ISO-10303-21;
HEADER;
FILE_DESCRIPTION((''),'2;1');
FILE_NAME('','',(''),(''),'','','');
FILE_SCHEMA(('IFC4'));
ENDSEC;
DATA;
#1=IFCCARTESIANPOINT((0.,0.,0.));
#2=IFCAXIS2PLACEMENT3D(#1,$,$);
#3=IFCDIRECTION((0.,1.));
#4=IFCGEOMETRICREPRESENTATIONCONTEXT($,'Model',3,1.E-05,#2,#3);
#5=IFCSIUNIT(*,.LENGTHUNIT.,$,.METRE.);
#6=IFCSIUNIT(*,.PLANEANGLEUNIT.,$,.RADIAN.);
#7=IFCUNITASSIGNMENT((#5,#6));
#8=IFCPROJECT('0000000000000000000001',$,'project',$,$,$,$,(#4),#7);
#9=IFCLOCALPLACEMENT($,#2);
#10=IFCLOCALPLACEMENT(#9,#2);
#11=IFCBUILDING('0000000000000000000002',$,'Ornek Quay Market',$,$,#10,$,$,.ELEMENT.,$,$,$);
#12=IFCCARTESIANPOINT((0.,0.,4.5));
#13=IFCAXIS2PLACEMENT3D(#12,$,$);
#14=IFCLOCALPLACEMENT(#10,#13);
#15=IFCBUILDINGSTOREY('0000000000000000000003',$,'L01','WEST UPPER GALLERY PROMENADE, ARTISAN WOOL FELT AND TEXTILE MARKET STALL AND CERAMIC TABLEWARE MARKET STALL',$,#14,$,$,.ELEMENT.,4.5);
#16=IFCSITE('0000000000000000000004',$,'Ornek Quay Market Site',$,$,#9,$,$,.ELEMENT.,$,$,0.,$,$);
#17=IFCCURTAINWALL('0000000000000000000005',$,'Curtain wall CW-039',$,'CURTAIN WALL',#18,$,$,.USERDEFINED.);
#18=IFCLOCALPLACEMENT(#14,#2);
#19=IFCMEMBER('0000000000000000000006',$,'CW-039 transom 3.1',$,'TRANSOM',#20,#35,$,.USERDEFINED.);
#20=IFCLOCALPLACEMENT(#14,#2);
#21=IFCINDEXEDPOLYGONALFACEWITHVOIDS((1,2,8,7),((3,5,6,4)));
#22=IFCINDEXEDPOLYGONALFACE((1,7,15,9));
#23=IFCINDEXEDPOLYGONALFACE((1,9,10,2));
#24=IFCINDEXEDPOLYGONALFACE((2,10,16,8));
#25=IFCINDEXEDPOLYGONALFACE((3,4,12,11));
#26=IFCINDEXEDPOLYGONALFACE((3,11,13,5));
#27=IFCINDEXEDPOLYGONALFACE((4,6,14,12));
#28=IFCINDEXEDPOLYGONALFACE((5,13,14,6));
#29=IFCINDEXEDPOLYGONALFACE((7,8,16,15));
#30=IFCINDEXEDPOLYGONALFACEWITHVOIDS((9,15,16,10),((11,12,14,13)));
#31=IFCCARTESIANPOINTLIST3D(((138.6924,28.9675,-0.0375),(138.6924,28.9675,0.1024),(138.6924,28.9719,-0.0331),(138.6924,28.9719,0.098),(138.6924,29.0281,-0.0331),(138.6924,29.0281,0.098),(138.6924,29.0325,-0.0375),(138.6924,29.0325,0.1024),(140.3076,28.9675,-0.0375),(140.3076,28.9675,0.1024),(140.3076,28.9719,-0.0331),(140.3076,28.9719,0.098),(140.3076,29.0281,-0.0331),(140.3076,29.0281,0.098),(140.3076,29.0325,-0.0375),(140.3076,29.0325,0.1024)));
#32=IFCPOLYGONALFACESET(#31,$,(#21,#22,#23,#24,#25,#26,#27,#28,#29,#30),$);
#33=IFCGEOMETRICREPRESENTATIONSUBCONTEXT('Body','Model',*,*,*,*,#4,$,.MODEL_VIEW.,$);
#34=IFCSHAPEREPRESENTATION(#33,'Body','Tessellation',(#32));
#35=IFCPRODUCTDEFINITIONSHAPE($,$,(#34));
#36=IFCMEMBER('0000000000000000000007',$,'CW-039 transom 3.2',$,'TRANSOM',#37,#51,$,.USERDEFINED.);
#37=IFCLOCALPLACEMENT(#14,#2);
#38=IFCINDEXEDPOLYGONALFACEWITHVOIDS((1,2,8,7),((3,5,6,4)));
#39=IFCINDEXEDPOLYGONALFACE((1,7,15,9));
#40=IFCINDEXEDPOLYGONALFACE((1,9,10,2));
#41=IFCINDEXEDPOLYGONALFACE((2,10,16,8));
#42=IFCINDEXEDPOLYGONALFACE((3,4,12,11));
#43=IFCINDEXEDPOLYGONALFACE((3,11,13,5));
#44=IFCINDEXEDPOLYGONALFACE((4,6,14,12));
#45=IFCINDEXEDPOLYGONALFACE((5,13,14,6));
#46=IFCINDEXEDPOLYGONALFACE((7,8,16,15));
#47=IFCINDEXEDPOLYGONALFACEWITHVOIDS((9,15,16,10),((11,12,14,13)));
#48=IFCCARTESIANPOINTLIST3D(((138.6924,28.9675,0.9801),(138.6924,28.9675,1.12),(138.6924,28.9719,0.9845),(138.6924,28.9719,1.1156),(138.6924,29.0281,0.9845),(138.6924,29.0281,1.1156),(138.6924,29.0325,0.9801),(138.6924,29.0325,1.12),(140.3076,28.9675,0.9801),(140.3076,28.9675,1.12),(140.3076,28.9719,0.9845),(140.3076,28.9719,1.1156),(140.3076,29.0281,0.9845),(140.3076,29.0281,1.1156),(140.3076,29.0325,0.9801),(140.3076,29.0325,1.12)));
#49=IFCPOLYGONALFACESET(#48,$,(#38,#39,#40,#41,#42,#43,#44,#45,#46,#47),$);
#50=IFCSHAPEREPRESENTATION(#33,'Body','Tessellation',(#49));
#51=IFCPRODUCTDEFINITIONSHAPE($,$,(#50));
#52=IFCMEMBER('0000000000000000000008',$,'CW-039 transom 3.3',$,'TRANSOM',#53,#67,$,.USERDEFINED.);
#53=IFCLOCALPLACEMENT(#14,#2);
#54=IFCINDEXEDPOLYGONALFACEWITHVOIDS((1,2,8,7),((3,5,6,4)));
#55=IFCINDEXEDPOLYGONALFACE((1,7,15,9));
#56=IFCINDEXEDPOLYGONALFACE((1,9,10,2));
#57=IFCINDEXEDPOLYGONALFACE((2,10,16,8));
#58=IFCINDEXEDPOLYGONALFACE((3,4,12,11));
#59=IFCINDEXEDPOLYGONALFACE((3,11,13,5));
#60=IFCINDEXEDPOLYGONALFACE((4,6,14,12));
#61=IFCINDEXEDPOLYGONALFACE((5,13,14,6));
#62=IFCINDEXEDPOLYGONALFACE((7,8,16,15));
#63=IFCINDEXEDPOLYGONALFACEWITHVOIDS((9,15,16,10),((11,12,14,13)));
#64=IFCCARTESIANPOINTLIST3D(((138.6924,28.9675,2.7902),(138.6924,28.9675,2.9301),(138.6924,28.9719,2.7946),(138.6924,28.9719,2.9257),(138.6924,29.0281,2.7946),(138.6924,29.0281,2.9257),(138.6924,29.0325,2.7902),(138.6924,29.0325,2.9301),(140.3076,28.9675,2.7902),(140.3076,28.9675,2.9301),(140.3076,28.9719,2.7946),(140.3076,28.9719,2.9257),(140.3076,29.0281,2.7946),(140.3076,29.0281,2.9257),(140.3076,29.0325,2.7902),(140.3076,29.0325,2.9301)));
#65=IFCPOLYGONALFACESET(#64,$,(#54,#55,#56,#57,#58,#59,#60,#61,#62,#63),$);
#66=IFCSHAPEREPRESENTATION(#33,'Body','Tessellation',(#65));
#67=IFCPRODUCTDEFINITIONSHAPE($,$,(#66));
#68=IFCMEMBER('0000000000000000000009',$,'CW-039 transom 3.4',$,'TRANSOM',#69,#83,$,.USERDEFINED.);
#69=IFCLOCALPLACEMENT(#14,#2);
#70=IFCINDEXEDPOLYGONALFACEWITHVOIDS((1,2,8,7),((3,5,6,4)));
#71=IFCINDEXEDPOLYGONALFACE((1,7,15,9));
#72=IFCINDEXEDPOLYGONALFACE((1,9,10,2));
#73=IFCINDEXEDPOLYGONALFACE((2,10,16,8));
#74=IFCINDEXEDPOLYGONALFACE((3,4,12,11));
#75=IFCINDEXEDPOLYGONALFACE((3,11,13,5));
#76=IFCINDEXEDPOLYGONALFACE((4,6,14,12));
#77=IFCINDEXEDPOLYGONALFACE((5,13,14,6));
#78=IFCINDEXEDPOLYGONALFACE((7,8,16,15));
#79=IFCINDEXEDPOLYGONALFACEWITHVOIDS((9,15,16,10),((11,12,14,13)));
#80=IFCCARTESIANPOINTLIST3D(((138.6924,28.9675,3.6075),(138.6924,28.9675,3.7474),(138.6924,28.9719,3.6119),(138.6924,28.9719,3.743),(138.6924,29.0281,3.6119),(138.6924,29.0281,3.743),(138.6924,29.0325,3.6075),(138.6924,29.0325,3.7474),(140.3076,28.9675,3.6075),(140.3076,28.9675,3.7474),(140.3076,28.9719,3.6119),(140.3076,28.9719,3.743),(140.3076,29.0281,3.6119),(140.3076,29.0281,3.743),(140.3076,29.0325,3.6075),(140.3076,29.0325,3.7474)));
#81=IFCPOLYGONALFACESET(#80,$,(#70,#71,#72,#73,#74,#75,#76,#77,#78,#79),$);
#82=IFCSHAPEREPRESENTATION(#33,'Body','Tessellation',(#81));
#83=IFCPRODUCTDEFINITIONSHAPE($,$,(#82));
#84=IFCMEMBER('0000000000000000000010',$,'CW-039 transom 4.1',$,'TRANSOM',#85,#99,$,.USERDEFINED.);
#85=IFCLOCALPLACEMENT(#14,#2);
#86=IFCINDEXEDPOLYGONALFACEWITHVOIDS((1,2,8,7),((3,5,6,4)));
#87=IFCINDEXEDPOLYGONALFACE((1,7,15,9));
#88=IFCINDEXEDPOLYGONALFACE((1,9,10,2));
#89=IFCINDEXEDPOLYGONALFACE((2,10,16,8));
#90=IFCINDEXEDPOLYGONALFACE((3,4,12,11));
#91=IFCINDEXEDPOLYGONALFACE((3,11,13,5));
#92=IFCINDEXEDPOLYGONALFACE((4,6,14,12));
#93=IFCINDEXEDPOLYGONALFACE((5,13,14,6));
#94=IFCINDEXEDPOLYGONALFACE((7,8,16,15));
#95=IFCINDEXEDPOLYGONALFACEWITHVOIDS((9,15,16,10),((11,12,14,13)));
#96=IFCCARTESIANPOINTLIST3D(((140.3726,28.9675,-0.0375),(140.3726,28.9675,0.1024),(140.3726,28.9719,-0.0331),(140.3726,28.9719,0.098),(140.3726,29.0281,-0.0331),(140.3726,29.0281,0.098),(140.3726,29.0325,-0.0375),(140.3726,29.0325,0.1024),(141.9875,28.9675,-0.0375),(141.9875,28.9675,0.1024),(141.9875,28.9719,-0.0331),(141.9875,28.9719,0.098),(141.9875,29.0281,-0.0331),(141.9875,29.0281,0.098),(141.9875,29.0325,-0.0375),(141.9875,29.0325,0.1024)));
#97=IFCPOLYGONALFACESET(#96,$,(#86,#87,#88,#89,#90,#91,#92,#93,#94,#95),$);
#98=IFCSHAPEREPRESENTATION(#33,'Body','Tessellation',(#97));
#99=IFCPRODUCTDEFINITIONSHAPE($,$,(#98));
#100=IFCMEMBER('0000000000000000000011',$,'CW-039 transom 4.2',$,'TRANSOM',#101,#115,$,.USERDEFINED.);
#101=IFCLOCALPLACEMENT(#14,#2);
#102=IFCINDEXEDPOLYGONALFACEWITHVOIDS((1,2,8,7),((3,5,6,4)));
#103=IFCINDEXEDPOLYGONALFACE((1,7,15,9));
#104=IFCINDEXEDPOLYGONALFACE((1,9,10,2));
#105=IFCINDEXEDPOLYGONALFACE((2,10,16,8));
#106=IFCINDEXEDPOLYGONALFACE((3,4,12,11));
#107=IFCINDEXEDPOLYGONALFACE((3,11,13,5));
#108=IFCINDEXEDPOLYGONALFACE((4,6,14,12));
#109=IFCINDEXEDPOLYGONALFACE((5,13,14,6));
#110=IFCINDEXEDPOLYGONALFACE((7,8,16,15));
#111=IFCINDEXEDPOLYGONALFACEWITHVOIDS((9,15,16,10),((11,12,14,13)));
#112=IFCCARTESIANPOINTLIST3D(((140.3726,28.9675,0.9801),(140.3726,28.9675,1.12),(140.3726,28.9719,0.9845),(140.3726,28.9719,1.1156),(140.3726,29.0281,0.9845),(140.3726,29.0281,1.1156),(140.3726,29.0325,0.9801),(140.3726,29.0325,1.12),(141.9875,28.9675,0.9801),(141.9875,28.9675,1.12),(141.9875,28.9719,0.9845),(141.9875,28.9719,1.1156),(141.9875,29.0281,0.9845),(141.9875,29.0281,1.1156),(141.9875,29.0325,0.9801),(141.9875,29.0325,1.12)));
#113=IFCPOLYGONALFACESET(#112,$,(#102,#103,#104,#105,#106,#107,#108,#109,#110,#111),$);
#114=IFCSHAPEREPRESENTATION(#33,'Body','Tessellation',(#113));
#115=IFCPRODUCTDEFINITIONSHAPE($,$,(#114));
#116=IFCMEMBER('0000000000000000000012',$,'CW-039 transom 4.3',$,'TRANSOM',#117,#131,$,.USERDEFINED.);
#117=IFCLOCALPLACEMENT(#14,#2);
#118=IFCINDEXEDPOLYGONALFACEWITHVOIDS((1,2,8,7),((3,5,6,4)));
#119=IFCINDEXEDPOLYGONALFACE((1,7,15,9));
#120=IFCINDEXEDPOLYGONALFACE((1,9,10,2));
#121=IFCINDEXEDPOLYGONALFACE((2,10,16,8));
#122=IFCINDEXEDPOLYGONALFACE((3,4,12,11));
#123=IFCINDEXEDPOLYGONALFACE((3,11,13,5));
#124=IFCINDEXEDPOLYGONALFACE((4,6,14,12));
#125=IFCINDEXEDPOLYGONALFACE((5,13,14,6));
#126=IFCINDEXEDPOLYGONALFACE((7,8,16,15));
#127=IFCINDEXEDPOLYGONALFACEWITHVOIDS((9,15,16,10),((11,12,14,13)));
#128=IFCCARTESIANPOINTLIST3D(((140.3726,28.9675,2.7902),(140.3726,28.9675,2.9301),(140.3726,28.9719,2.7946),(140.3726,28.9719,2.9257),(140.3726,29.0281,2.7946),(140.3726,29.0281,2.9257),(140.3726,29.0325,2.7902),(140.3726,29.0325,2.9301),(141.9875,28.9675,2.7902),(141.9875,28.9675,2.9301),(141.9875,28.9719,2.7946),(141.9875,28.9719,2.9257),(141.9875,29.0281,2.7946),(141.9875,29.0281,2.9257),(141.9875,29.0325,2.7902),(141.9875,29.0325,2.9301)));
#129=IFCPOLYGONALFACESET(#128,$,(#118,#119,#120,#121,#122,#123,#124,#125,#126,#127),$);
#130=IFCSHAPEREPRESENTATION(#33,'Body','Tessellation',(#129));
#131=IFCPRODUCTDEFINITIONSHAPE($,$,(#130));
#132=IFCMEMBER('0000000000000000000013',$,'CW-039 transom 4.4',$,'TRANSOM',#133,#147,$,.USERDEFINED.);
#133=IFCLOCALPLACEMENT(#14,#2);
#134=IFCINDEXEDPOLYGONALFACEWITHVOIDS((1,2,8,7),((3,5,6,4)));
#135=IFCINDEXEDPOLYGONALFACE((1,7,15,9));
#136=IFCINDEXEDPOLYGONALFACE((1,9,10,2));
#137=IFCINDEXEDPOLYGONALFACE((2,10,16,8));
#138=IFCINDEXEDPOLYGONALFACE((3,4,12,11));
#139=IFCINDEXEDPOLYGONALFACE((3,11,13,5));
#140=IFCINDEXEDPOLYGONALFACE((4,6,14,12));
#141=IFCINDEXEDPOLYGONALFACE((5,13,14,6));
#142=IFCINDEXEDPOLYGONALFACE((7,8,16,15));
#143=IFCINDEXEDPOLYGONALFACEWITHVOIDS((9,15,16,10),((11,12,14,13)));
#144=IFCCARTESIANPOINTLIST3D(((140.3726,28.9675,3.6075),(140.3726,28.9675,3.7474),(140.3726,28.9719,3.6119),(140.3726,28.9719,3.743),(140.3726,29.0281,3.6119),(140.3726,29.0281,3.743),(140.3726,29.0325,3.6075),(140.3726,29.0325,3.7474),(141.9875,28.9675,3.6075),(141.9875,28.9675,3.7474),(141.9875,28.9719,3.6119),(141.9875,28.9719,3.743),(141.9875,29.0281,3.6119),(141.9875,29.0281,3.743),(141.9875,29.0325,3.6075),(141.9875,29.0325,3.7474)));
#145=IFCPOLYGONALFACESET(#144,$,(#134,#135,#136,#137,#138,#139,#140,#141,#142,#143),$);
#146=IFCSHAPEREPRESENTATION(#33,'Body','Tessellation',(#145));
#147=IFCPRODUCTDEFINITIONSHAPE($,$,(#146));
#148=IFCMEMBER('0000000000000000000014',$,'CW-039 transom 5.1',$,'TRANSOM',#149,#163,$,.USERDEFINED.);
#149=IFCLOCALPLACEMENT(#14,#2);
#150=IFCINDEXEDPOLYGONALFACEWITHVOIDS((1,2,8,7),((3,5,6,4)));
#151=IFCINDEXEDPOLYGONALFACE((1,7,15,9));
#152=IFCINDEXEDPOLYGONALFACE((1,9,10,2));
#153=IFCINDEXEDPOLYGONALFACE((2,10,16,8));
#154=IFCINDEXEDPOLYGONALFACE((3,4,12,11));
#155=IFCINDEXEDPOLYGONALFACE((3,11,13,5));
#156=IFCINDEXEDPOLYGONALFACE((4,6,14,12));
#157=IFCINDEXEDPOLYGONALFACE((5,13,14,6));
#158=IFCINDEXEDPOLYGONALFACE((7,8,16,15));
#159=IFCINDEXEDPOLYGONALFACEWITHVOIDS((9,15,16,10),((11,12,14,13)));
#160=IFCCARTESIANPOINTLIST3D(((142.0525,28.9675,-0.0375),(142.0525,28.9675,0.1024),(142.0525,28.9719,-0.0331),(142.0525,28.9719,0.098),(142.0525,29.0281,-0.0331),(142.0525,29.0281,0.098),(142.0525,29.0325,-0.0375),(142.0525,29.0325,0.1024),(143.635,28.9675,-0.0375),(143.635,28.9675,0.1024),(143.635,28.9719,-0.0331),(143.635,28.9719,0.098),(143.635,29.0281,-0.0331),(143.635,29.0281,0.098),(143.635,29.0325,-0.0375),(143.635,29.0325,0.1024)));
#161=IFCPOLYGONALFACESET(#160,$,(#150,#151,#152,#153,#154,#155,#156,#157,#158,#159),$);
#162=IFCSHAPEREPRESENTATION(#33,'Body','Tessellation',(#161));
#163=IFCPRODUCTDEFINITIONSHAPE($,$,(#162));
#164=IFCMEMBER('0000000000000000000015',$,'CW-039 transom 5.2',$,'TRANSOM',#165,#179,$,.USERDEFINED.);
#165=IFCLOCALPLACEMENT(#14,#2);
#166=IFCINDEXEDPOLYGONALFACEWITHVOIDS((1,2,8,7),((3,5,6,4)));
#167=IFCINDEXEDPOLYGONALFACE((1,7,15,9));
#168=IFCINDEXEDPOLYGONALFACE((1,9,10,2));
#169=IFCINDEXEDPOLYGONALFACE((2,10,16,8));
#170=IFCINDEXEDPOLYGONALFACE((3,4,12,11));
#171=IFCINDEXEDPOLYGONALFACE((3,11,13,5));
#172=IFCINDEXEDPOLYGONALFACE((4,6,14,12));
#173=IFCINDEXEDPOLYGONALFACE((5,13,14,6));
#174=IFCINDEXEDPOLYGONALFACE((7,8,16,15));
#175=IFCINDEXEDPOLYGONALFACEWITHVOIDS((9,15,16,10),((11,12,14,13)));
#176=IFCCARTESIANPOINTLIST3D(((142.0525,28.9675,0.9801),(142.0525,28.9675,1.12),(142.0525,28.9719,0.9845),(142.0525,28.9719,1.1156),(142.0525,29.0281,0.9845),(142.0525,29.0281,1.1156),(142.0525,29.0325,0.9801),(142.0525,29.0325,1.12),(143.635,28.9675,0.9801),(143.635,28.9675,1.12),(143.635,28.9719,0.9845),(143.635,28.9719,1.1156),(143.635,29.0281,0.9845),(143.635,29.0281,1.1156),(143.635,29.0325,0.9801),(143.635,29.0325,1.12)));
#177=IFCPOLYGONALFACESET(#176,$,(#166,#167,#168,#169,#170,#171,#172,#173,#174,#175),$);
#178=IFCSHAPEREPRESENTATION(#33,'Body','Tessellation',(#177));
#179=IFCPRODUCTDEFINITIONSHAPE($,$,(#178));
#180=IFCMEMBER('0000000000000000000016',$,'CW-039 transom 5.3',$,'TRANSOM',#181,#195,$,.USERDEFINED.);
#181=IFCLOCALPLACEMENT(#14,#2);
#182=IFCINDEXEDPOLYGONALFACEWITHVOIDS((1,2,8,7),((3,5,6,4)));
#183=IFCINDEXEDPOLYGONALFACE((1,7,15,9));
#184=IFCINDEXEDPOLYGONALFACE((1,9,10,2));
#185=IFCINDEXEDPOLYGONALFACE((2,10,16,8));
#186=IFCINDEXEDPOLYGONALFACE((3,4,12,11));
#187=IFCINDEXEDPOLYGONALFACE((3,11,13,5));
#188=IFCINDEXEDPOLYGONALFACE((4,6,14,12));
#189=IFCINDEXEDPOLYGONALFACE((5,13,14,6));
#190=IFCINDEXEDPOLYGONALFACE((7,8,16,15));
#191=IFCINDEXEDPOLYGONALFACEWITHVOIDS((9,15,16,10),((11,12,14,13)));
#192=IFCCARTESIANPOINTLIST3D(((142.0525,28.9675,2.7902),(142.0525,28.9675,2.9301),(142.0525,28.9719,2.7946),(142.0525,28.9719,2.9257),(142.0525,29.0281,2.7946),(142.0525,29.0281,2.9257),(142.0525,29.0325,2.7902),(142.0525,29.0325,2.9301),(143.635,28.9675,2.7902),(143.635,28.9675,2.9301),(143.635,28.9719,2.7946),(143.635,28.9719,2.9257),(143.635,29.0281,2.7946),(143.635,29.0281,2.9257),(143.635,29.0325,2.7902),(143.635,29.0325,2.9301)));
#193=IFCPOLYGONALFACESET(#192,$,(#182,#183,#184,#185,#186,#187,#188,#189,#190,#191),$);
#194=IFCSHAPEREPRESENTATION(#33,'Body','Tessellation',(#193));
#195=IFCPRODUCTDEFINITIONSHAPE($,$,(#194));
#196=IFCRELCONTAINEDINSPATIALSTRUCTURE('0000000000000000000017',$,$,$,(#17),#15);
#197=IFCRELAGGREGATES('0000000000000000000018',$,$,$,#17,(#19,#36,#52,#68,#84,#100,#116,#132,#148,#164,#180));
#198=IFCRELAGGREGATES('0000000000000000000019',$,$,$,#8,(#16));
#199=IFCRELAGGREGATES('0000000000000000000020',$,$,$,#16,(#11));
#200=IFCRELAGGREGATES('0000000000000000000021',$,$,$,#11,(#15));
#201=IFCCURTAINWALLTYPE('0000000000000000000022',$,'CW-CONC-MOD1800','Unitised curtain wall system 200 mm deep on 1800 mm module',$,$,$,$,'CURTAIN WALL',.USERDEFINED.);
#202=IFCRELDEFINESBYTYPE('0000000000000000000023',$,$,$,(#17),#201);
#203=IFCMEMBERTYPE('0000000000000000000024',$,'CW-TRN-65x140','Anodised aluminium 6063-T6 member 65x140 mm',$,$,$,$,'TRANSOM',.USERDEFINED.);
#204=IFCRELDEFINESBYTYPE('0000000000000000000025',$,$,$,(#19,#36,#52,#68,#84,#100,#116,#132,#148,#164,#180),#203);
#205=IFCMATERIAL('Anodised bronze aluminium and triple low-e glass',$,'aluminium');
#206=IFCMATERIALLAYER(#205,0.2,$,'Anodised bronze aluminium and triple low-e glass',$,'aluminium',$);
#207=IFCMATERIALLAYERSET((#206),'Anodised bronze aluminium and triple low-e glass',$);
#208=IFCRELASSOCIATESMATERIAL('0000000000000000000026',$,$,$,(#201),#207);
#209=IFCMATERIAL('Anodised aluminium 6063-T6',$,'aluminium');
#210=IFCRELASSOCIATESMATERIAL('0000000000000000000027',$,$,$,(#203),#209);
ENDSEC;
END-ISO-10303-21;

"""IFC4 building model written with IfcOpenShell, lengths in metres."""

from ifc_helpers import new_model, si_unit, direction, frame, origin, origin_2d, place, context, subcontext, project, spatial, hollow_rectangle, extrude, material, layer, layer_set, material_profile, profile_set, type_object, element, aggregate, save


model = new_model("IFC4")

# Units and contexts
model_context = context("Model", 3, precision=1e-05, world=origin(), true_north=direction((0.0, 1.0)))
body_context = subcontext(model_context, "Body", "Model", "MODEL_VIEW")
ifc_project = project(units=[si_unit("LENGTHUNIT", "METRE"), si_unit("PLANEANGLEUNIT", "RADIAN")], contexts=[model_context])

# Site, building, storey
site_placement = place(None, origin())
site = spatial("IfcSite", under=ifc_project, at=site_placement, Name="Ornek Quay Market Site", CompositionType="ELEMENT", RefElevation=0.0)
building_placement = place(site_placement, origin())
building = spatial("IfcBuilding", under=site, at=building_placement, Name="Ornek Quay Market", CompositionType="ELEMENT")
storey_placement = place(building_placement, frame((0.0, 0.0, 4.5)))
storey = spatial("IfcBuildingStorey", under=building, at=storey_placement, Name="L01", Description="WEST UPPER GALLERY PROMENADE, ARTISAN WOOL FELT AND TEXTILE MARKET STALL AND CERAMIC TABLEWARE MARKET STALL", CompositionType="ELEMENT", Elevation=4.5)

# Shared definitions
ifc_material_1 = material(Name="Anodised bronze aluminium and triple low-e glass", Category="aluminium")
ifc_material_2 = material(Name="Anodised aluminium 6063-T6", Category="aluminium")

# Curtain wall
ifc_layer_1 = layer(ifc_material_1, 0.2, Name="Anodised bronze aluminium and triple low-e glass", Category="aluminium")
ifc_layer_set_1 = layer_set([ifc_layer_1], Name="Anodised bronze aluminium and triple low-e glass")
curtain_wall_type_1 = type_object("IfcCurtainWallType", Name="CW-CONC-MOD1800", Description="Unitised curtain wall system 200 mm deep on 1800 mm module", ElementType="CURTAIN WALL", PredefinedType="USERDEFINED", material=ifc_layer_set_1)
curtain_wall_1_placement = place(storey_placement, origin())
curtain_wall_1 = element("IfcCurtainWall", 1, at=curtain_wall_1_placement, inside=storey, type_object=curtain_wall_type_1, Name="Curtain wall CW-039", ObjectType="CURTAIN WALL", PredefinedType="USERDEFINED")

# Members
ifc_material_profile_1 = material_profile(ifc_material_2, hollow_rectangle(XDim=0.0649, YDim=0.1399, WallThickness=0.0044, at=origin_2d()), Name="CW-TRN-65x140", Category="aluminium")
ifc_profile_set_1 = profile_set([ifc_material_profile_1], Name="Anodised aluminium 6063-T6")
member_type_1 = type_object("IfcMemberType", Name="CW-TRN-65x140", Description="Anodised aluminium 6063-T6 member 65x140 mm", ElementType="TRANSOM", PredefinedType="USERDEFINED", material=ifc_profile_set_1)
member_1_placement = place(storey_placement, frame((138.6924, 29.0, 0.0325), z_axis=(1.0, 0.0, 0.0), x_axis=(0.0, 1.0, 0.0)))
member_1 = element("IfcMember", 2, at=member_1_placement, type_object=member_type_1, Name="CW-039 transom 3.1", ObjectType="TRANSOM", PredefinedType="USERDEFINED", context=body_context, shape_type="SweptSolid", body=[
    extrude(hollow_rectangle(XDim=0.0649, YDim=0.1399, WallThickness=0.0044, at=origin_2d()), origin(), (0.0, 0.0, 1.0), 1.6152),
])
member_2_placement = place(storey_placement, frame((138.6924, 29.0, 1.05), z_axis=(1.0, 0.0, 0.0), x_axis=(0.0, 1.0, 0.0)))
member_2 = element("IfcMember", 3, at=member_2_placement, type_object=member_type_1, Name="CW-039 transom 3.2", ObjectType="TRANSOM", PredefinedType="USERDEFINED", context=body_context, shape_type="SweptSolid", body=[
    extrude(hollow_rectangle(XDim=0.0649, YDim=0.1399, WallThickness=0.0044, at=origin_2d()), origin(), (0.0, 0.0, 1.0), 1.6152),
])
member_3_placement = place(storey_placement, frame((138.6924, 29.0, 2.8601), z_axis=(1.0, 0.0, 0.0), x_axis=(0.0, 1.0, 0.0)))
member_3 = element("IfcMember", 4, at=member_3_placement, type_object=member_type_1, Name="CW-039 transom 3.3", ObjectType="TRANSOM", PredefinedType="USERDEFINED", context=body_context, shape_type="SweptSolid", body=[
    extrude(hollow_rectangle(XDim=0.0649, YDim=0.1399, WallThickness=0.0044, at=origin_2d()), origin(), (0.0, 0.0, 1.0), 1.6152),
])
member_4_placement = place(storey_placement, frame((138.6924, 29.0, 3.6775), z_axis=(1.0, 0.0, 0.0), x_axis=(0.0, 1.0, 0.0)))
member_4 = element("IfcMember", 5, at=member_4_placement, type_object=member_type_1, Name="CW-039 transom 3.4", ObjectType="TRANSOM", PredefinedType="USERDEFINED", context=body_context, shape_type="SweptSolid", body=[
    extrude(hollow_rectangle(XDim=0.0649, YDim=0.1399, WallThickness=0.0044, at=origin_2d()), origin(), (0.0, 0.0, 1.0), 1.6152),
])
member_5_placement = place(storey_placement, frame((140.3726, 29.0, 0.0325), z_axis=(1.0, 0.0, 0.0), x_axis=(0.0, 1.0, 0.0)))
member_5 = element("IfcMember", 6, at=member_5_placement, type_object=member_type_1, Name="CW-039 transom 4.1", ObjectType="TRANSOM", PredefinedType="USERDEFINED", context=body_context, shape_type="SweptSolid", body=[
    extrude(hollow_rectangle(XDim=0.0649, YDim=0.1399, WallThickness=0.0044, at=origin_2d()), origin(), (0.0, 0.0, 1.0), 1.615),
])
member_6_placement = place(storey_placement, frame((140.3726, 29.0, 1.05), z_axis=(1.0, 0.0, 0.0), x_axis=(0.0, 1.0, 0.0)))
member_6 = element("IfcMember", 7, at=member_6_placement, type_object=member_type_1, Name="CW-039 transom 4.2", ObjectType="TRANSOM", PredefinedType="USERDEFINED", context=body_context, shape_type="SweptSolid", body=[
    extrude(hollow_rectangle(XDim=0.0649, YDim=0.1399, WallThickness=0.0044, at=origin_2d()), origin(), (0.0, 0.0, 1.0), 1.615),
])
member_7_placement = place(storey_placement, frame((140.3726, 29.0, 2.8601), z_axis=(1.0, 0.0, 0.0), x_axis=(0.0, 1.0, 0.0)))
member_7 = element("IfcMember", 8, at=member_7_placement, type_object=member_type_1, Name="CW-039 transom 4.3", ObjectType="TRANSOM", PredefinedType="USERDEFINED", context=body_context, shape_type="SweptSolid", body=[
    extrude(hollow_rectangle(XDim=0.0649, YDim=0.1399, WallThickness=0.0044, at=origin_2d()), origin(), (0.0, 0.0, 1.0), 1.615),
])
member_8_placement = place(storey_placement, frame((140.3726, 29.0, 3.6775), z_axis=(1.0, 0.0, 0.0), x_axis=(0.0, 1.0, 0.0)))
member_8 = element("IfcMember", 9, at=member_8_placement, type_object=member_type_1, Name="CW-039 transom 4.4", ObjectType="TRANSOM", PredefinedType="USERDEFINED", context=body_context, shape_type="SweptSolid", body=[
    extrude(hollow_rectangle(XDim=0.0649, YDim=0.1399, WallThickness=0.0044, at=origin_2d()), origin(), (0.0, 0.0, 1.0), 1.615),
])
member_9_placement = place(storey_placement, frame((142.0525, 29.0, 0.0325), z_axis=(1.0, 0.0, 0.0), x_axis=(0.0, 1.0, 0.0)))
member_9 = element("IfcMember", 10, at=member_9_placement, type_object=member_type_1, Name="CW-039 transom 5.1", ObjectType="TRANSOM", PredefinedType="USERDEFINED", context=body_context, shape_type="SweptSolid", body=[
    extrude(hollow_rectangle(XDim=0.0649, YDim=0.1399, WallThickness=0.0044, at=origin_2d()), origin(), (0.0, 0.0, 1.0), 1.5825),
])
member_10_placement = place(storey_placement, frame((142.0525, 29.0, 1.05), z_axis=(1.0, 0.0, 0.0), x_axis=(0.0, 1.0, 0.0)))
member_10 = element("IfcMember", 11, at=member_10_placement, type_object=member_type_1, Name="CW-039 transom 5.2", ObjectType="TRANSOM", PredefinedType="USERDEFINED", context=body_context, shape_type="SweptSolid", body=[
    extrude(hollow_rectangle(XDim=0.0649, YDim=0.1399, WallThickness=0.0044, at=origin_2d()), origin(), (0.0, 0.0, 1.0), 1.5825),
])
member_11_placement = place(storey_placement, frame((142.0525, 29.0, 2.8601), z_axis=(1.0, 0.0, 0.0), x_axis=(0.0, 1.0, 0.0)))
member_11 = element("IfcMember", 12, at=member_11_placement, type_object=member_type_1, Name="CW-039 transom 5.3", ObjectType="TRANSOM", PredefinedType="USERDEFINED", context=body_context, shape_type="SweptSolid", body=[
    extrude(hollow_rectangle(XDim=0.0649, YDim=0.1399, WallThickness=0.0044, at=origin_2d()), origin(), (0.0, 0.0, 1.0), 1.5825),
])

aggregate(curtain_wall_1, [member_1, member_2, member_3, member_4, member_5, member_6, member_7, member_8, member_9, member_10, member_11])

save(model, "model.ifc")
